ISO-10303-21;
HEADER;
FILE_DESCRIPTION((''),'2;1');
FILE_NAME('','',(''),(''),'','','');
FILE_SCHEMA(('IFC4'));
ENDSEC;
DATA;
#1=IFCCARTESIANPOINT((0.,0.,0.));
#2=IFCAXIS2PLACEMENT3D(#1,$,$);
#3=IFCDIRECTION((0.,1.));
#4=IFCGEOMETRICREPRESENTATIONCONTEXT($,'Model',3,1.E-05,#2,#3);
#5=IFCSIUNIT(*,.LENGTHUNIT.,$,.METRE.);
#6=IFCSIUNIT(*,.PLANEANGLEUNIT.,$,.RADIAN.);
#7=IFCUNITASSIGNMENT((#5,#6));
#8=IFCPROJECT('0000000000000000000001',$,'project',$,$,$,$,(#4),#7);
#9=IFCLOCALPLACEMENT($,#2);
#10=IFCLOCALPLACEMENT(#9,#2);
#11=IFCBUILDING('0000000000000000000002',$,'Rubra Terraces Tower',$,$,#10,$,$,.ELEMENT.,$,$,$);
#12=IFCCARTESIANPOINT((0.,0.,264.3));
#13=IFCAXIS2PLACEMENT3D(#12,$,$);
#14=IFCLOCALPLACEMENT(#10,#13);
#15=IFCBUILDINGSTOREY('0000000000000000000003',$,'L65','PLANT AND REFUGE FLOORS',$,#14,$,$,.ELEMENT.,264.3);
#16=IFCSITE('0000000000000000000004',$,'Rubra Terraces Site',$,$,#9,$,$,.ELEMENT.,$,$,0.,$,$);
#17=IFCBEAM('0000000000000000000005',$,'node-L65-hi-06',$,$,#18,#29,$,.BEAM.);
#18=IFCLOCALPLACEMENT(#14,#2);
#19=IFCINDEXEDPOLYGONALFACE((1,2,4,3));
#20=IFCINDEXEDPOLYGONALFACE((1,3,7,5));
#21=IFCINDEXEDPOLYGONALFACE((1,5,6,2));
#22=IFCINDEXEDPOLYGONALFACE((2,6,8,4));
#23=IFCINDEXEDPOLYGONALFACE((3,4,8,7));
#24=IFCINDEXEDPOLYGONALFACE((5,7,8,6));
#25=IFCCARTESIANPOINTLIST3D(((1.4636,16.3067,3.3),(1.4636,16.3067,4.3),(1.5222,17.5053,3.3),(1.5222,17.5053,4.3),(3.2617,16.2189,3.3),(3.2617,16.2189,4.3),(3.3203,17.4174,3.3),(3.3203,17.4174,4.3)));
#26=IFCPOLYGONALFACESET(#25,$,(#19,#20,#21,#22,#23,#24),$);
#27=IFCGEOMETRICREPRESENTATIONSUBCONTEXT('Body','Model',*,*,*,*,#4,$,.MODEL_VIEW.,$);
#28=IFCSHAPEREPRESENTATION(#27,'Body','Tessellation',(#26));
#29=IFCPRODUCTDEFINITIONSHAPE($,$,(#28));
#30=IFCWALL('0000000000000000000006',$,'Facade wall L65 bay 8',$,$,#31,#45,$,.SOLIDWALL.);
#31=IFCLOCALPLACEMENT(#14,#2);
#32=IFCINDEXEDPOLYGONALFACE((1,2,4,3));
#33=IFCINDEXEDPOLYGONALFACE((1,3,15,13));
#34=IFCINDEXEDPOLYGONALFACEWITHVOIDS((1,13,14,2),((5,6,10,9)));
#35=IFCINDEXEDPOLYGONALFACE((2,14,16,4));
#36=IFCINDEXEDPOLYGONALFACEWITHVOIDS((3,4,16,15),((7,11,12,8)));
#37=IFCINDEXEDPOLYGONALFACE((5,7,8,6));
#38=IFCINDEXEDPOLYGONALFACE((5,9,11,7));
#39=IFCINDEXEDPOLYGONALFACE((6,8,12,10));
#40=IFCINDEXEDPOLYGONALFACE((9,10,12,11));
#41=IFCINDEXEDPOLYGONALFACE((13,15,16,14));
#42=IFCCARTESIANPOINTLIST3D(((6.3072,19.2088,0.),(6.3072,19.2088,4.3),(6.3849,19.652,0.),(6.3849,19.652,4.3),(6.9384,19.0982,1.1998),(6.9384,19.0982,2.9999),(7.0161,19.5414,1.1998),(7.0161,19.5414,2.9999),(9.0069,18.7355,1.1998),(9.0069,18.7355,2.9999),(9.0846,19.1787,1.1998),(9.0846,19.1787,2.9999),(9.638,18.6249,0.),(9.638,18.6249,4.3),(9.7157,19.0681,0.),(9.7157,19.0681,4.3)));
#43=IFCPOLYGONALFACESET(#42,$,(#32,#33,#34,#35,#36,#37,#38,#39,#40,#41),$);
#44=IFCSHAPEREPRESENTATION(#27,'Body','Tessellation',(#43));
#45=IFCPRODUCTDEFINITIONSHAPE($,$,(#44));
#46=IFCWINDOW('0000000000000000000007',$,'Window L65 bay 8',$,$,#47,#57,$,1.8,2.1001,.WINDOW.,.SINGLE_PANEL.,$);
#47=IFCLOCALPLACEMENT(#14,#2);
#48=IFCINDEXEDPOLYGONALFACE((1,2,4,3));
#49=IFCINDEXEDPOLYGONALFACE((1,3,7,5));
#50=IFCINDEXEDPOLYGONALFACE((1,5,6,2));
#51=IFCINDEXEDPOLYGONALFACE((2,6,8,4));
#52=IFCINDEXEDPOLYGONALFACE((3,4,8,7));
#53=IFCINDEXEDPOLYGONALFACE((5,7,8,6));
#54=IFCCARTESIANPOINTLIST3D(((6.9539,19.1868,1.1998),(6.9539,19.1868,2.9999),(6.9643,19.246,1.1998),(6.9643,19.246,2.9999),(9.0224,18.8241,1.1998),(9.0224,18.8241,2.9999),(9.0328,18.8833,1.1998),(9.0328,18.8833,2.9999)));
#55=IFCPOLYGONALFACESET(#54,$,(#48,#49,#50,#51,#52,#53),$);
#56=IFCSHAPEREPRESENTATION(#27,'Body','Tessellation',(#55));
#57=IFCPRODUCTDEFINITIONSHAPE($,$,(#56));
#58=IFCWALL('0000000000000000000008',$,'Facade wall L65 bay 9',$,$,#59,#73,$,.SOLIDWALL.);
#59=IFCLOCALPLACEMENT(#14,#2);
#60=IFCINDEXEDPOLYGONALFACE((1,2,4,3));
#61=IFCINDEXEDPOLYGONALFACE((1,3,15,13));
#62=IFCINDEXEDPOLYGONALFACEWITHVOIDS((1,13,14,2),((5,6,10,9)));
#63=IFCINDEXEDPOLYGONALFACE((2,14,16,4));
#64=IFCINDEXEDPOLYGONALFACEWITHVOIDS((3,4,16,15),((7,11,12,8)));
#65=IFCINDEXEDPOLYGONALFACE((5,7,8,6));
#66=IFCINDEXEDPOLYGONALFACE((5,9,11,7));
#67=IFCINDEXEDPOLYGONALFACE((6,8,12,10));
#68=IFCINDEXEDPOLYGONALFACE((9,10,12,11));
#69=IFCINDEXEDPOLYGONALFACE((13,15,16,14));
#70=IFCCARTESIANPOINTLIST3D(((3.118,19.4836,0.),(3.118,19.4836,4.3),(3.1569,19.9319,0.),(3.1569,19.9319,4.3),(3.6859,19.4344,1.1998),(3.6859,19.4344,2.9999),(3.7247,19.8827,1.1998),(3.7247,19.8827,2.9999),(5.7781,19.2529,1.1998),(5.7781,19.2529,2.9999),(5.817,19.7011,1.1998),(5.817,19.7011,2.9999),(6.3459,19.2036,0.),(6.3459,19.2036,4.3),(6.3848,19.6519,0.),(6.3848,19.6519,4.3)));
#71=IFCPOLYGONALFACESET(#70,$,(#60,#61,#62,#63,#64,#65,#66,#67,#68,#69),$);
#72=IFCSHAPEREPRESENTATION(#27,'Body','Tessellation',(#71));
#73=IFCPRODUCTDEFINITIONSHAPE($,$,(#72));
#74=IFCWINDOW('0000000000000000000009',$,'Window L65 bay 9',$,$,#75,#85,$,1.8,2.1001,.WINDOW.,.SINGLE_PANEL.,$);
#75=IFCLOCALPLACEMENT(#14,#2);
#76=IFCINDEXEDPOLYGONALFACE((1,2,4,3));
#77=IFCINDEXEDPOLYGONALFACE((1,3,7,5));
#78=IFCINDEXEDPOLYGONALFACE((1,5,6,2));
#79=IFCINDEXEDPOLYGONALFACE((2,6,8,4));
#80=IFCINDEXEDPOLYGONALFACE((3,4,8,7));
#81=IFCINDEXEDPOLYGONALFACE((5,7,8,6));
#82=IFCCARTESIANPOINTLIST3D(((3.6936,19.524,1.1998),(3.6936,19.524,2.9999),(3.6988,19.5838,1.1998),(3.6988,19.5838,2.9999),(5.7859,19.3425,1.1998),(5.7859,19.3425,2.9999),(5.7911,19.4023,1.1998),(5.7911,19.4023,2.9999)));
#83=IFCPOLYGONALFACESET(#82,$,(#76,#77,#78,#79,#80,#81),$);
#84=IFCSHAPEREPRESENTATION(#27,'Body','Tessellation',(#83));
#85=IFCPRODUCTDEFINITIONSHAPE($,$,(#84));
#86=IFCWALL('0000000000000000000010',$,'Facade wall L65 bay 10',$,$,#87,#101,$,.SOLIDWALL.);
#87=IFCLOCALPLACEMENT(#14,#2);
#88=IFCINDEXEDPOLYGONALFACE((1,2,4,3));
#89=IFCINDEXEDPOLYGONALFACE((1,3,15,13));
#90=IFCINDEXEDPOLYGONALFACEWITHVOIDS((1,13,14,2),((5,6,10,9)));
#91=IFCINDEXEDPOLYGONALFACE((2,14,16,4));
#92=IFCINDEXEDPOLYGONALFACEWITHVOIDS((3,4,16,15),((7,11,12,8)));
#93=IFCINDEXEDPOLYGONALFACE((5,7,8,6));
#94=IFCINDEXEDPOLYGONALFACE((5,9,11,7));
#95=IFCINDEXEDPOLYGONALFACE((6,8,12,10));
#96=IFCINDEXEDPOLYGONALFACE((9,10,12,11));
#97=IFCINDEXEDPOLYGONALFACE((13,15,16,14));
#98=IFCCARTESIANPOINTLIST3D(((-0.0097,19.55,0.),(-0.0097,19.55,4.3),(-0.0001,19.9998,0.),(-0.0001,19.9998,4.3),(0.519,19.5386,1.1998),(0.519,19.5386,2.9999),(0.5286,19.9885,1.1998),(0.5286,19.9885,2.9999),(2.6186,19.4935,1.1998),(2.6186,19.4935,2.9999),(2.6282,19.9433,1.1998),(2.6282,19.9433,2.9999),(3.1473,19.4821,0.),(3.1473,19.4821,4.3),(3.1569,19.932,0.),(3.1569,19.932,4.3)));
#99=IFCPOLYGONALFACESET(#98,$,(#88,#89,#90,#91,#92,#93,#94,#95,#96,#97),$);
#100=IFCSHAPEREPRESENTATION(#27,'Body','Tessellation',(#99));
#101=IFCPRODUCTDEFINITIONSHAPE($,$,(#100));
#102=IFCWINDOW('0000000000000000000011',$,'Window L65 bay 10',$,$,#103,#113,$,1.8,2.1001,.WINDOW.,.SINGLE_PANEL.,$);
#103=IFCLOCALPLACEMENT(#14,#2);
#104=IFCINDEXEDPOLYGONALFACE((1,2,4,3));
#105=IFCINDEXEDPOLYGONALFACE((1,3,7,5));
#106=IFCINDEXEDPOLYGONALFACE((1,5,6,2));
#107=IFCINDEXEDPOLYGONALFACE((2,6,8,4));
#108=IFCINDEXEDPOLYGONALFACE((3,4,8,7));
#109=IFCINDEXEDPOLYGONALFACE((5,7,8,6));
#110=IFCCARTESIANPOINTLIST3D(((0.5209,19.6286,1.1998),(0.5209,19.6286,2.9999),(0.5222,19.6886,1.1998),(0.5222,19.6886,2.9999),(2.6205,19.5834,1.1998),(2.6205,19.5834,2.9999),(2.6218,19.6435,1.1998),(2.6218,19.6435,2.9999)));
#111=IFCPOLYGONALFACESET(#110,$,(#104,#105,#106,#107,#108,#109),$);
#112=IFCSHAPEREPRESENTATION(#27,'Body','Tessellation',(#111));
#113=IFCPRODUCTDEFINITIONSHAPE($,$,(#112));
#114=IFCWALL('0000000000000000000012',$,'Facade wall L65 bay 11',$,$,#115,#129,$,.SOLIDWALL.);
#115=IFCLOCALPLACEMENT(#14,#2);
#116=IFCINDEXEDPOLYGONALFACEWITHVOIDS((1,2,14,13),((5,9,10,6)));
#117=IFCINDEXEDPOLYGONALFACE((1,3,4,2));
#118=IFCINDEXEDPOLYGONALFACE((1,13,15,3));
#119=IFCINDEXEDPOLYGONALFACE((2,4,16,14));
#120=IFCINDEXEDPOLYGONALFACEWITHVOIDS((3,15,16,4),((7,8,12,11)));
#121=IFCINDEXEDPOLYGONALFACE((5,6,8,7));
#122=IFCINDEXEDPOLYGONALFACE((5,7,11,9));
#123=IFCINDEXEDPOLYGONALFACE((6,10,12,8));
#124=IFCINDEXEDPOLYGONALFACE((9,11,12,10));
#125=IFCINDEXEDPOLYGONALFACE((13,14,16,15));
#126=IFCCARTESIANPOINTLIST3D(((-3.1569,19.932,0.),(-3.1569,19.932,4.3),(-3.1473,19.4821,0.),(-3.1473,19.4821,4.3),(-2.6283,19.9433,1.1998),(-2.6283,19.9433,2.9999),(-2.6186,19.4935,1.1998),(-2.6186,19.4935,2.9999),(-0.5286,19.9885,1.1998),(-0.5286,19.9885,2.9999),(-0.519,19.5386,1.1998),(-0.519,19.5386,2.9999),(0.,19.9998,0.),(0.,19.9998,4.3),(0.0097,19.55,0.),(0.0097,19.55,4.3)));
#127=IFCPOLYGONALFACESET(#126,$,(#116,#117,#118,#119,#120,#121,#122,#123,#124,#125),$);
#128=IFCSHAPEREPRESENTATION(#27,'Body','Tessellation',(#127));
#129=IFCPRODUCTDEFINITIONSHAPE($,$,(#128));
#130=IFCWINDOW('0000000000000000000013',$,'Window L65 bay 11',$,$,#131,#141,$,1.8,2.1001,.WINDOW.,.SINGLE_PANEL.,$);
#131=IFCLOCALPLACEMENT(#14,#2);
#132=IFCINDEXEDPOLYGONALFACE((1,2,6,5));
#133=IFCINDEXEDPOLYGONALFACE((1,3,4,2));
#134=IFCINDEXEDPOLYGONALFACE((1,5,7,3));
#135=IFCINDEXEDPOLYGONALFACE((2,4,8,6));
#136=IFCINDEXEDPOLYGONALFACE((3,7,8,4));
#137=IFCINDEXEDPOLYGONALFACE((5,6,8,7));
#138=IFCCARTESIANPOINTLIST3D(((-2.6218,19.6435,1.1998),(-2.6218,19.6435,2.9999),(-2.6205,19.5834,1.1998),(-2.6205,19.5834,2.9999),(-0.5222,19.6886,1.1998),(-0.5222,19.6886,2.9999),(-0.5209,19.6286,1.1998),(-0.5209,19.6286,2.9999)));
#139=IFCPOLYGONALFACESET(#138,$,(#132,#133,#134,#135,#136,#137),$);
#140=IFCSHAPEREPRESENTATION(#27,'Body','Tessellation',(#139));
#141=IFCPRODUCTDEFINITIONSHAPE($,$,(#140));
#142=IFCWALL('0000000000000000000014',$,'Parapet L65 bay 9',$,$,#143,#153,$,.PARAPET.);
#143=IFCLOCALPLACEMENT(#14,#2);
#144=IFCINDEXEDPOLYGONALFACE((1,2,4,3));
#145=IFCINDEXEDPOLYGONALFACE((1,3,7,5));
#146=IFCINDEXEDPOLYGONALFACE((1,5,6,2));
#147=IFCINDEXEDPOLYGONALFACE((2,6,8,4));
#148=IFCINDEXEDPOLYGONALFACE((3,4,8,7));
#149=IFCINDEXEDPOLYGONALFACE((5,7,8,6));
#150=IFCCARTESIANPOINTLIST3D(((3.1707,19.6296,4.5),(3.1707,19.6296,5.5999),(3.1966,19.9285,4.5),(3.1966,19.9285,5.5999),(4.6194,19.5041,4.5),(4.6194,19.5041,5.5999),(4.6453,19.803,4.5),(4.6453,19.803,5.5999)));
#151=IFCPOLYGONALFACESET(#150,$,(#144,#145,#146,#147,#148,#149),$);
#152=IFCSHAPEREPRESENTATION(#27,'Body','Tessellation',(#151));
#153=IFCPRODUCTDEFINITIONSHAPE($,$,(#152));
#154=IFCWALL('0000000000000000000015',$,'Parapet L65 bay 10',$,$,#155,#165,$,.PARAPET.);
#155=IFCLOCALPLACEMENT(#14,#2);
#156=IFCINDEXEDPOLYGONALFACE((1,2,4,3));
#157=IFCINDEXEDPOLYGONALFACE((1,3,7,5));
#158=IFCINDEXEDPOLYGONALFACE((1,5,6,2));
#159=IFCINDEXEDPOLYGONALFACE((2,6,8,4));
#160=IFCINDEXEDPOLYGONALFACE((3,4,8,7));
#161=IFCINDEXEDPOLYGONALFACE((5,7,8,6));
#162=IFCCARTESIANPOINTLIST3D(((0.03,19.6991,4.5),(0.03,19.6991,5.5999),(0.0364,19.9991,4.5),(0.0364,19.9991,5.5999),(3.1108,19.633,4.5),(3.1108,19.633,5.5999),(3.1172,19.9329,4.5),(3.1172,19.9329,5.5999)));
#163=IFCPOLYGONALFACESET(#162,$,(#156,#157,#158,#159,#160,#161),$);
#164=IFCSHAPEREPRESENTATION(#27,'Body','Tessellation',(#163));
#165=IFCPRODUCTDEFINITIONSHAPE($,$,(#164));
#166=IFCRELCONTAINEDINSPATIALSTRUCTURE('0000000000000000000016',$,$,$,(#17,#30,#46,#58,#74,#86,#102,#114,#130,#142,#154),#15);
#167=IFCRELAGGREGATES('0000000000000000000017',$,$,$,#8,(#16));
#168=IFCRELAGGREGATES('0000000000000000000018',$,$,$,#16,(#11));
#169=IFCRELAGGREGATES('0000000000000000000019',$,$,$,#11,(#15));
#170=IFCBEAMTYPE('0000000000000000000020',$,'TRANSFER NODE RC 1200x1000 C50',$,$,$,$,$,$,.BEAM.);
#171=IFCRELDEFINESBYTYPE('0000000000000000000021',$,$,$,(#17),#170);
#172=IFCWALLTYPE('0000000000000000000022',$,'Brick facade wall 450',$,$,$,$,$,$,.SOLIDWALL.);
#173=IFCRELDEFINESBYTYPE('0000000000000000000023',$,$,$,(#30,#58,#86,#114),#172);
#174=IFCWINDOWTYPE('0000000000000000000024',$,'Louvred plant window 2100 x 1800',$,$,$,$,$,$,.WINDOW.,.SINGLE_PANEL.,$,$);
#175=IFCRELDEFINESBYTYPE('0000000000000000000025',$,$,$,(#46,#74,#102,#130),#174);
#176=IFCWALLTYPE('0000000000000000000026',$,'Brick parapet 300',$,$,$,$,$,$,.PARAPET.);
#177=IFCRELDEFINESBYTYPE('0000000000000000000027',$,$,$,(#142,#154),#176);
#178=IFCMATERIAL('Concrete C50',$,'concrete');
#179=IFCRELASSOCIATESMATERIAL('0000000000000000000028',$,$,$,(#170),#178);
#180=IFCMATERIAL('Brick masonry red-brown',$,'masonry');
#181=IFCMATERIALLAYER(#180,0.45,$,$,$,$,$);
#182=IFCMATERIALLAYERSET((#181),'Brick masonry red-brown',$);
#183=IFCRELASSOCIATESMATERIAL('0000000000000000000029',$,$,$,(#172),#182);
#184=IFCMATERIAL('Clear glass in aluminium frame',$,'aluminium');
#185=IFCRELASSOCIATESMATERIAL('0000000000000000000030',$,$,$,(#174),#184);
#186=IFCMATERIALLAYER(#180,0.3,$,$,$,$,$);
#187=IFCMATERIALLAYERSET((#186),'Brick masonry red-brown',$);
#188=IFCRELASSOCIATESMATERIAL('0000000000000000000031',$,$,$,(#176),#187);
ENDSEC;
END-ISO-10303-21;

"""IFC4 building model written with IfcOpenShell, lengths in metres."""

from ifc_helpers import new_model, si_unit, direction, frame, frame_2d, origin, origin_2d, place, context, subcontext, project, spatial, rectangle, extrude, material, layer, layer_set, material_profile, profile_set, type_object, element, fill, save


model = new_model("IFC4")

# Units and contexts
model_context = context("Model", 3, precision=1e-05, world=origin(), true_north=direction((0.0, 1.0)))
body_context = subcontext(model_context, "Body", "Model", "MODEL_VIEW")
ifc_project = project(units=[si_unit("LENGTHUNIT", "METRE"), si_unit("PLANEANGLEUNIT", "RADIAN")], contexts=[model_context])

# Site, building, storey
site_placement = place(None, origin())
site = spatial("IfcSite", under=ifc_project, at=site_placement, Name="Rubra Terraces Site", CompositionType="ELEMENT", RefElevation=0.0)
building_placement = place(site_placement, origin())
building = spatial("IfcBuilding", under=site, at=building_placement, Name="Rubra Terraces Tower", CompositionType="ELEMENT")
storey_placement = place(building_placement, frame((0.0, 0.0, 264.3)))
storey = spatial("IfcBuildingStorey", under=building, at=storey_placement, Name="L65", Description="PLANT AND REFUGE FLOORS", CompositionType="ELEMENT", Elevation=264.3)

# Shared definitions
ifc_material_1 = material(Name="Concrete C50", Category="concrete")

# Beam
ifc_material_profile_1 = material_profile(ifc_material_1, rectangle(XDim=1.2, YDim=1.0, at=origin_2d()), Name="RC 1200x1000")
ifc_profile_set_1 = profile_set([ifc_material_profile_1], Name="Concrete C50")
beam_type_1 = type_object("IfcBeamType", Name="TRANSFER NODE RC 1200x1000 C50", PredefinedType="BEAM", material=ifc_profile_set_1)
beam_1_placement = place(storey_placement, frame((3.291, 16.8181, 3.8), z_axis=(-0.998808, 0.048822, 0.0), x_axis=(-0.048822, -0.998808, 0.0)))
element("IfcBeam", 1, at=beam_1_placement, inside=storey, type_object=beam_type_1, Name="node-L65-hi-06", PredefinedType="BEAM", context=body_context, shape_type="SweptSolid", body=[
    extrude(rectangle(XDim=1.2, YDim=1.0, at=origin_2d()), origin(), (0.0, 0.0, 1.0), 1.8003),
])

# Walls, openings, windows
ifc_material_2 = material(Name="Brick masonry red-brown", Category="masonry")
ifc_layer_1 = layer(ifc_material_2, 0.45)
ifc_layer_set_1 = layer_set([ifc_layer_1], Name="Brick masonry red-brown")
wall_type_1 = type_object("IfcWallType", Name="Brick facade wall 450", PredefinedType="SOLIDWALL", material=ifc_layer_set_1)
wall_1_placement = place(storey_placement, frame((9.677, 18.8464, 0.0), z_axis=(0.0, 0.0, 1.0), x_axis=(-0.984976, 0.172694, 0.0)))
wall_1 = element("IfcWall", 2, at=wall_1_placement, inside=storey, type_object=wall_type_1, Name="Facade wall L65 bay 8", PredefinedType="SOLIDWALL", context=body_context, shape_type="SweptSolid", body=[
    extrude(rectangle(XDim=3.3816, YDim=0.45, at=frame_2d((1.6909, 0.0))), origin(), (0.0, 0.0, 1.0), 4.3),
])
opening_1_placement = place(wall_1_placement, frame((0.6409, 0.0, 1.2)))
opening_1 = element("IfcOpeningElement", 3, at=opening_1_placement, cuts=wall_1, PredefinedType="OPENING", context=body_context, shape_type="SweptSolid", body=[
    extrude(rectangle(XDim=2.1001, YDim=1.8, at=frame_2d((1.05, 0.8999))), frame((0.0, 0.2349, 0.0), z_axis=(0.0, -1.0, 0.0), x_axis=(1.0, 0.0, 0.0)), (0.0, 0.0, 1.0), 0.47),
])
ifc_material_3 = material(Name="Clear glass in aluminium frame", Category="aluminium")
window_type = type_object("IfcWindowType", Name="Louvred plant window 2100 x 1800", PartitioningType="SINGLE_PANEL", PredefinedType="WINDOW", material=ifc_material_3)
window_1_placement = place(opening_1_placement, origin())
window_1 = element("IfcWindow", 4, at=window_1_placement, inside=storey, type_object=window_type, Name="Window L65 bay 8", OverallHeight=1.8, OverallWidth=2.1001, PartitioningType="SINGLE_PANEL", PredefinedType="WINDOW", context=body_context, shape_type="SweptSolid", body=[
    extrude(rectangle(XDim=2.1001, YDim=1.8, at=frame_2d((1.05, 0.8999))), frame((0.0, 0.135, 0.0), z_axis=(0.0, -1.0, 0.0), x_axis=(1.0, 0.0, 0.0)), (0.0, 0.0, 1.0), 0.0601),
])
fill(opening_1, window_1)
wall_2_placement = place(storey_placement, frame((6.3655, 19.4277, 0.0), z_axis=(0.0, 0.0, 1.0), x_axis=(-0.996258, 0.086431, 0.0)))
wall_2 = element("IfcWall", 5, at=wall_2_placement, inside=storey, type_object=wall_type_1, Name="Facade wall L65 bay 9", PredefinedType="SOLIDWALL", context=body_context, shape_type="SweptSolid", body=[
    extrude(rectangle(XDim=3.24, YDim=0.45, at=frame_2d((1.6201, 0.0))), origin(), (0.0, 0.0, 1.0), 4.3),
])
opening_2_placement = place(wall_2_placement, frame((0.5701, 0.0, 1.2)))
opening_2 = element("IfcOpeningElement", 6, at=opening_2_placement, cuts=wall_2, PredefinedType="OPENING", context=body_context, shape_type="SweptSolid", body=[
    extrude(rectangle(XDim=2.1001, YDim=1.8, at=frame_2d((1.05, 0.8999))), frame((0.0, 0.2349, 0.0), z_axis=(0.0, -1.0, 0.0), x_axis=(1.0, 0.0, 0.0)), (0.0, 0.0, 1.0), 0.47),
])
window_2_placement = place(opening_2_placement, origin())
window_2 = element("IfcWindow", 7, at=window_2_placement, inside=storey, type_object=window_type, Name="Window L65 bay 9", OverallHeight=1.8, OverallWidth=2.1001, PartitioningType="SINGLE_PANEL", PredefinedType="WINDOW", context=body_context, shape_type="SweptSolid", body=[
    extrude(rectangle(XDim=2.1001, YDim=1.8, at=frame_2d((1.05, 0.8999))), frame((0.0, 0.135, 0.0), z_axis=(0.0, -1.0, 0.0), x_axis=(1.0, 0.0, 0.0)), (0.0, 0.0, 1.0), 0.0601),
])
fill(opening_2, window_2)
wall_3_placement = place(storey_placement, frame((3.1521, 19.707, 0.0), z_axis=(0.0, 0.0, 1.0), x_axis=(-0.999769, 0.021494, 0.0)))
wall_3 = element("IfcWall", 8, at=wall_3_placement, inside=storey, type_object=wall_type_1, Name="Facade wall L65 bay 10", PredefinedType="SOLIDWALL", context=body_context, shape_type="SweptSolid", body=[
    extrude(rectangle(XDim=3.1577, YDim=0.45, at=frame_2d((1.5789, 0.0))), origin(), (0.0, 0.0, 1.0), 4.3),
])
opening_3_placement = place(wall_3_placement, frame((0.5288, 0.0, 1.2)))
opening_3 = element("IfcOpeningElement", 9, at=opening_3_placement, cuts=wall_3, PredefinedType="OPENING", context=body_context, shape_type="SweptSolid", body=[
    extrude(rectangle(XDim=2.1001, YDim=1.8, at=frame_2d((1.05, 0.8999))), frame((0.0, 0.2349, 0.0), z_axis=(0.0, -1.0, 0.0), x_axis=(1.0, 0.0, 0.0)), (0.0, 0.0, 1.0), 0.47),
])
window_3_placement = place(opening_3_placement, origin())
window_3 = element("IfcWindow", 10, at=window_3_placement, inside=storey, type_object=window_type, Name="Window L65 bay 10", OverallHeight=1.8, OverallWidth=2.1001, PartitioningType="SINGLE_PANEL", PredefinedType="WINDOW", context=body_context, shape_type="SweptSolid", body=[
    extrude(rectangle(XDim=2.1001, YDim=1.8, at=frame_2d((1.05, 0.8999))), frame((0.0, 0.135, 0.0), z_axis=(0.0, -1.0, 0.0), x_axis=(1.0, 0.0, 0.0)), (0.0, 0.0, 1.0), 0.0601),
])
fill(opening_3, window_3)
wall_4_placement = place(storey_placement, frame((0.0049, 19.7749, 0.0), z_axis=(0.0, 0.0, 1.0), x_axis=(-0.999769, -0.021494, 0.0)))
wall_4 = element("IfcWall", 11, at=wall_4_placement, inside=storey, type_object=wall_type_1, Name="Facade wall L65 bay 11", PredefinedType="SOLIDWALL", context=body_context, shape_type="SweptSolid", body=[
    extrude(rectangle(XDim=3.1577, YDim=0.45, at=frame_2d((1.5789, 0.0))), origin(), (0.0, 0.0, 1.0), 4.3),
])
opening_4_placement = place(wall_4_placement, frame((0.5288, 0.0, 1.2)))
opening_4 = element("IfcOpeningElement", 12, at=opening_4_placement, cuts=wall_4, PredefinedType="OPENING", context=body_context, shape_type="SweptSolid", body=[
    extrude(rectangle(XDim=2.1001, YDim=1.8, at=frame_2d((1.05, 0.8999))), frame((0.0, 0.2349, 0.0), z_axis=(0.0, -1.0, 0.0), x_axis=(1.0, 0.0, 0.0)), (0.0, 0.0, 1.0), 0.47),
])
window_4_placement = place(opening_4_placement, origin())
window_4 = element("IfcWindow", 13, at=window_4_placement, inside=storey, type_object=window_type, Name="Window L65 bay 11", OverallHeight=1.8, OverallWidth=2.1001, PartitioningType="SINGLE_PANEL", PredefinedType="WINDOW", context=body_context, shape_type="SweptSolid", body=[
    extrude(rectangle(XDim=2.1001, YDim=1.8, at=frame_2d((1.05, 0.8999))), frame((0.0, 0.135, 0.0), z_axis=(0.0, -1.0, 0.0), x_axis=(1.0, 0.0, 0.0)), (0.0, 0.0, 1.0), 0.0601),
])
fill(opening_4, window_4)

# Walls
ifc_layer_2 = layer(ifc_material_2, 0.3)
ifc_layer_set_2 = layer_set([ifc_layer_2], Name="Brick masonry red-brown")
wall_type_2 = type_object("IfcWallType", Name="Brick parapet 300", PredefinedType="PARAPET", material=ifc_layer_set_2)
wall_5_placement = place(storey_placement, frame((4.6323, 19.6536, 4.5), z_axis=(0.0, 0.0, 1.0), x_axis=(-0.99627, 0.086296, 0.0)))
element("IfcWall", 14, at=wall_5_placement, inside=storey, type_object=wall_type_2, Name="Parapet L65 bay 9", PredefinedType="PARAPET", context=body_context, shape_type="SweptSolid", body=[
    extrude(rectangle(XDim=1.4541, YDim=0.3, at=frame_2d((0.7271, 0.0))), origin(), (0.0, 0.0, 1.0), 1.0999),
])
wall_6_placement = place(storey_placement, frame((3.114, 19.783, 4.5), z_axis=(0.0, 0.0, 1.0), x_axis=(-0.999769, 0.021471, 0.0)))
element("IfcWall", 15, at=wall_6_placement, inside=storey, type_object=wall_type_2, Name="Parapet L65 bay 10", PredefinedType="PARAPET", context=body_context, shape_type="SweptSolid", body=[
    extrude(rectangle(XDim=3.0815, YDim=0.3, at=frame_2d((1.5408, 0.0))), origin(), (0.0, 0.0, 1.0), 1.0999),
])

save(model, "model.ifc")
